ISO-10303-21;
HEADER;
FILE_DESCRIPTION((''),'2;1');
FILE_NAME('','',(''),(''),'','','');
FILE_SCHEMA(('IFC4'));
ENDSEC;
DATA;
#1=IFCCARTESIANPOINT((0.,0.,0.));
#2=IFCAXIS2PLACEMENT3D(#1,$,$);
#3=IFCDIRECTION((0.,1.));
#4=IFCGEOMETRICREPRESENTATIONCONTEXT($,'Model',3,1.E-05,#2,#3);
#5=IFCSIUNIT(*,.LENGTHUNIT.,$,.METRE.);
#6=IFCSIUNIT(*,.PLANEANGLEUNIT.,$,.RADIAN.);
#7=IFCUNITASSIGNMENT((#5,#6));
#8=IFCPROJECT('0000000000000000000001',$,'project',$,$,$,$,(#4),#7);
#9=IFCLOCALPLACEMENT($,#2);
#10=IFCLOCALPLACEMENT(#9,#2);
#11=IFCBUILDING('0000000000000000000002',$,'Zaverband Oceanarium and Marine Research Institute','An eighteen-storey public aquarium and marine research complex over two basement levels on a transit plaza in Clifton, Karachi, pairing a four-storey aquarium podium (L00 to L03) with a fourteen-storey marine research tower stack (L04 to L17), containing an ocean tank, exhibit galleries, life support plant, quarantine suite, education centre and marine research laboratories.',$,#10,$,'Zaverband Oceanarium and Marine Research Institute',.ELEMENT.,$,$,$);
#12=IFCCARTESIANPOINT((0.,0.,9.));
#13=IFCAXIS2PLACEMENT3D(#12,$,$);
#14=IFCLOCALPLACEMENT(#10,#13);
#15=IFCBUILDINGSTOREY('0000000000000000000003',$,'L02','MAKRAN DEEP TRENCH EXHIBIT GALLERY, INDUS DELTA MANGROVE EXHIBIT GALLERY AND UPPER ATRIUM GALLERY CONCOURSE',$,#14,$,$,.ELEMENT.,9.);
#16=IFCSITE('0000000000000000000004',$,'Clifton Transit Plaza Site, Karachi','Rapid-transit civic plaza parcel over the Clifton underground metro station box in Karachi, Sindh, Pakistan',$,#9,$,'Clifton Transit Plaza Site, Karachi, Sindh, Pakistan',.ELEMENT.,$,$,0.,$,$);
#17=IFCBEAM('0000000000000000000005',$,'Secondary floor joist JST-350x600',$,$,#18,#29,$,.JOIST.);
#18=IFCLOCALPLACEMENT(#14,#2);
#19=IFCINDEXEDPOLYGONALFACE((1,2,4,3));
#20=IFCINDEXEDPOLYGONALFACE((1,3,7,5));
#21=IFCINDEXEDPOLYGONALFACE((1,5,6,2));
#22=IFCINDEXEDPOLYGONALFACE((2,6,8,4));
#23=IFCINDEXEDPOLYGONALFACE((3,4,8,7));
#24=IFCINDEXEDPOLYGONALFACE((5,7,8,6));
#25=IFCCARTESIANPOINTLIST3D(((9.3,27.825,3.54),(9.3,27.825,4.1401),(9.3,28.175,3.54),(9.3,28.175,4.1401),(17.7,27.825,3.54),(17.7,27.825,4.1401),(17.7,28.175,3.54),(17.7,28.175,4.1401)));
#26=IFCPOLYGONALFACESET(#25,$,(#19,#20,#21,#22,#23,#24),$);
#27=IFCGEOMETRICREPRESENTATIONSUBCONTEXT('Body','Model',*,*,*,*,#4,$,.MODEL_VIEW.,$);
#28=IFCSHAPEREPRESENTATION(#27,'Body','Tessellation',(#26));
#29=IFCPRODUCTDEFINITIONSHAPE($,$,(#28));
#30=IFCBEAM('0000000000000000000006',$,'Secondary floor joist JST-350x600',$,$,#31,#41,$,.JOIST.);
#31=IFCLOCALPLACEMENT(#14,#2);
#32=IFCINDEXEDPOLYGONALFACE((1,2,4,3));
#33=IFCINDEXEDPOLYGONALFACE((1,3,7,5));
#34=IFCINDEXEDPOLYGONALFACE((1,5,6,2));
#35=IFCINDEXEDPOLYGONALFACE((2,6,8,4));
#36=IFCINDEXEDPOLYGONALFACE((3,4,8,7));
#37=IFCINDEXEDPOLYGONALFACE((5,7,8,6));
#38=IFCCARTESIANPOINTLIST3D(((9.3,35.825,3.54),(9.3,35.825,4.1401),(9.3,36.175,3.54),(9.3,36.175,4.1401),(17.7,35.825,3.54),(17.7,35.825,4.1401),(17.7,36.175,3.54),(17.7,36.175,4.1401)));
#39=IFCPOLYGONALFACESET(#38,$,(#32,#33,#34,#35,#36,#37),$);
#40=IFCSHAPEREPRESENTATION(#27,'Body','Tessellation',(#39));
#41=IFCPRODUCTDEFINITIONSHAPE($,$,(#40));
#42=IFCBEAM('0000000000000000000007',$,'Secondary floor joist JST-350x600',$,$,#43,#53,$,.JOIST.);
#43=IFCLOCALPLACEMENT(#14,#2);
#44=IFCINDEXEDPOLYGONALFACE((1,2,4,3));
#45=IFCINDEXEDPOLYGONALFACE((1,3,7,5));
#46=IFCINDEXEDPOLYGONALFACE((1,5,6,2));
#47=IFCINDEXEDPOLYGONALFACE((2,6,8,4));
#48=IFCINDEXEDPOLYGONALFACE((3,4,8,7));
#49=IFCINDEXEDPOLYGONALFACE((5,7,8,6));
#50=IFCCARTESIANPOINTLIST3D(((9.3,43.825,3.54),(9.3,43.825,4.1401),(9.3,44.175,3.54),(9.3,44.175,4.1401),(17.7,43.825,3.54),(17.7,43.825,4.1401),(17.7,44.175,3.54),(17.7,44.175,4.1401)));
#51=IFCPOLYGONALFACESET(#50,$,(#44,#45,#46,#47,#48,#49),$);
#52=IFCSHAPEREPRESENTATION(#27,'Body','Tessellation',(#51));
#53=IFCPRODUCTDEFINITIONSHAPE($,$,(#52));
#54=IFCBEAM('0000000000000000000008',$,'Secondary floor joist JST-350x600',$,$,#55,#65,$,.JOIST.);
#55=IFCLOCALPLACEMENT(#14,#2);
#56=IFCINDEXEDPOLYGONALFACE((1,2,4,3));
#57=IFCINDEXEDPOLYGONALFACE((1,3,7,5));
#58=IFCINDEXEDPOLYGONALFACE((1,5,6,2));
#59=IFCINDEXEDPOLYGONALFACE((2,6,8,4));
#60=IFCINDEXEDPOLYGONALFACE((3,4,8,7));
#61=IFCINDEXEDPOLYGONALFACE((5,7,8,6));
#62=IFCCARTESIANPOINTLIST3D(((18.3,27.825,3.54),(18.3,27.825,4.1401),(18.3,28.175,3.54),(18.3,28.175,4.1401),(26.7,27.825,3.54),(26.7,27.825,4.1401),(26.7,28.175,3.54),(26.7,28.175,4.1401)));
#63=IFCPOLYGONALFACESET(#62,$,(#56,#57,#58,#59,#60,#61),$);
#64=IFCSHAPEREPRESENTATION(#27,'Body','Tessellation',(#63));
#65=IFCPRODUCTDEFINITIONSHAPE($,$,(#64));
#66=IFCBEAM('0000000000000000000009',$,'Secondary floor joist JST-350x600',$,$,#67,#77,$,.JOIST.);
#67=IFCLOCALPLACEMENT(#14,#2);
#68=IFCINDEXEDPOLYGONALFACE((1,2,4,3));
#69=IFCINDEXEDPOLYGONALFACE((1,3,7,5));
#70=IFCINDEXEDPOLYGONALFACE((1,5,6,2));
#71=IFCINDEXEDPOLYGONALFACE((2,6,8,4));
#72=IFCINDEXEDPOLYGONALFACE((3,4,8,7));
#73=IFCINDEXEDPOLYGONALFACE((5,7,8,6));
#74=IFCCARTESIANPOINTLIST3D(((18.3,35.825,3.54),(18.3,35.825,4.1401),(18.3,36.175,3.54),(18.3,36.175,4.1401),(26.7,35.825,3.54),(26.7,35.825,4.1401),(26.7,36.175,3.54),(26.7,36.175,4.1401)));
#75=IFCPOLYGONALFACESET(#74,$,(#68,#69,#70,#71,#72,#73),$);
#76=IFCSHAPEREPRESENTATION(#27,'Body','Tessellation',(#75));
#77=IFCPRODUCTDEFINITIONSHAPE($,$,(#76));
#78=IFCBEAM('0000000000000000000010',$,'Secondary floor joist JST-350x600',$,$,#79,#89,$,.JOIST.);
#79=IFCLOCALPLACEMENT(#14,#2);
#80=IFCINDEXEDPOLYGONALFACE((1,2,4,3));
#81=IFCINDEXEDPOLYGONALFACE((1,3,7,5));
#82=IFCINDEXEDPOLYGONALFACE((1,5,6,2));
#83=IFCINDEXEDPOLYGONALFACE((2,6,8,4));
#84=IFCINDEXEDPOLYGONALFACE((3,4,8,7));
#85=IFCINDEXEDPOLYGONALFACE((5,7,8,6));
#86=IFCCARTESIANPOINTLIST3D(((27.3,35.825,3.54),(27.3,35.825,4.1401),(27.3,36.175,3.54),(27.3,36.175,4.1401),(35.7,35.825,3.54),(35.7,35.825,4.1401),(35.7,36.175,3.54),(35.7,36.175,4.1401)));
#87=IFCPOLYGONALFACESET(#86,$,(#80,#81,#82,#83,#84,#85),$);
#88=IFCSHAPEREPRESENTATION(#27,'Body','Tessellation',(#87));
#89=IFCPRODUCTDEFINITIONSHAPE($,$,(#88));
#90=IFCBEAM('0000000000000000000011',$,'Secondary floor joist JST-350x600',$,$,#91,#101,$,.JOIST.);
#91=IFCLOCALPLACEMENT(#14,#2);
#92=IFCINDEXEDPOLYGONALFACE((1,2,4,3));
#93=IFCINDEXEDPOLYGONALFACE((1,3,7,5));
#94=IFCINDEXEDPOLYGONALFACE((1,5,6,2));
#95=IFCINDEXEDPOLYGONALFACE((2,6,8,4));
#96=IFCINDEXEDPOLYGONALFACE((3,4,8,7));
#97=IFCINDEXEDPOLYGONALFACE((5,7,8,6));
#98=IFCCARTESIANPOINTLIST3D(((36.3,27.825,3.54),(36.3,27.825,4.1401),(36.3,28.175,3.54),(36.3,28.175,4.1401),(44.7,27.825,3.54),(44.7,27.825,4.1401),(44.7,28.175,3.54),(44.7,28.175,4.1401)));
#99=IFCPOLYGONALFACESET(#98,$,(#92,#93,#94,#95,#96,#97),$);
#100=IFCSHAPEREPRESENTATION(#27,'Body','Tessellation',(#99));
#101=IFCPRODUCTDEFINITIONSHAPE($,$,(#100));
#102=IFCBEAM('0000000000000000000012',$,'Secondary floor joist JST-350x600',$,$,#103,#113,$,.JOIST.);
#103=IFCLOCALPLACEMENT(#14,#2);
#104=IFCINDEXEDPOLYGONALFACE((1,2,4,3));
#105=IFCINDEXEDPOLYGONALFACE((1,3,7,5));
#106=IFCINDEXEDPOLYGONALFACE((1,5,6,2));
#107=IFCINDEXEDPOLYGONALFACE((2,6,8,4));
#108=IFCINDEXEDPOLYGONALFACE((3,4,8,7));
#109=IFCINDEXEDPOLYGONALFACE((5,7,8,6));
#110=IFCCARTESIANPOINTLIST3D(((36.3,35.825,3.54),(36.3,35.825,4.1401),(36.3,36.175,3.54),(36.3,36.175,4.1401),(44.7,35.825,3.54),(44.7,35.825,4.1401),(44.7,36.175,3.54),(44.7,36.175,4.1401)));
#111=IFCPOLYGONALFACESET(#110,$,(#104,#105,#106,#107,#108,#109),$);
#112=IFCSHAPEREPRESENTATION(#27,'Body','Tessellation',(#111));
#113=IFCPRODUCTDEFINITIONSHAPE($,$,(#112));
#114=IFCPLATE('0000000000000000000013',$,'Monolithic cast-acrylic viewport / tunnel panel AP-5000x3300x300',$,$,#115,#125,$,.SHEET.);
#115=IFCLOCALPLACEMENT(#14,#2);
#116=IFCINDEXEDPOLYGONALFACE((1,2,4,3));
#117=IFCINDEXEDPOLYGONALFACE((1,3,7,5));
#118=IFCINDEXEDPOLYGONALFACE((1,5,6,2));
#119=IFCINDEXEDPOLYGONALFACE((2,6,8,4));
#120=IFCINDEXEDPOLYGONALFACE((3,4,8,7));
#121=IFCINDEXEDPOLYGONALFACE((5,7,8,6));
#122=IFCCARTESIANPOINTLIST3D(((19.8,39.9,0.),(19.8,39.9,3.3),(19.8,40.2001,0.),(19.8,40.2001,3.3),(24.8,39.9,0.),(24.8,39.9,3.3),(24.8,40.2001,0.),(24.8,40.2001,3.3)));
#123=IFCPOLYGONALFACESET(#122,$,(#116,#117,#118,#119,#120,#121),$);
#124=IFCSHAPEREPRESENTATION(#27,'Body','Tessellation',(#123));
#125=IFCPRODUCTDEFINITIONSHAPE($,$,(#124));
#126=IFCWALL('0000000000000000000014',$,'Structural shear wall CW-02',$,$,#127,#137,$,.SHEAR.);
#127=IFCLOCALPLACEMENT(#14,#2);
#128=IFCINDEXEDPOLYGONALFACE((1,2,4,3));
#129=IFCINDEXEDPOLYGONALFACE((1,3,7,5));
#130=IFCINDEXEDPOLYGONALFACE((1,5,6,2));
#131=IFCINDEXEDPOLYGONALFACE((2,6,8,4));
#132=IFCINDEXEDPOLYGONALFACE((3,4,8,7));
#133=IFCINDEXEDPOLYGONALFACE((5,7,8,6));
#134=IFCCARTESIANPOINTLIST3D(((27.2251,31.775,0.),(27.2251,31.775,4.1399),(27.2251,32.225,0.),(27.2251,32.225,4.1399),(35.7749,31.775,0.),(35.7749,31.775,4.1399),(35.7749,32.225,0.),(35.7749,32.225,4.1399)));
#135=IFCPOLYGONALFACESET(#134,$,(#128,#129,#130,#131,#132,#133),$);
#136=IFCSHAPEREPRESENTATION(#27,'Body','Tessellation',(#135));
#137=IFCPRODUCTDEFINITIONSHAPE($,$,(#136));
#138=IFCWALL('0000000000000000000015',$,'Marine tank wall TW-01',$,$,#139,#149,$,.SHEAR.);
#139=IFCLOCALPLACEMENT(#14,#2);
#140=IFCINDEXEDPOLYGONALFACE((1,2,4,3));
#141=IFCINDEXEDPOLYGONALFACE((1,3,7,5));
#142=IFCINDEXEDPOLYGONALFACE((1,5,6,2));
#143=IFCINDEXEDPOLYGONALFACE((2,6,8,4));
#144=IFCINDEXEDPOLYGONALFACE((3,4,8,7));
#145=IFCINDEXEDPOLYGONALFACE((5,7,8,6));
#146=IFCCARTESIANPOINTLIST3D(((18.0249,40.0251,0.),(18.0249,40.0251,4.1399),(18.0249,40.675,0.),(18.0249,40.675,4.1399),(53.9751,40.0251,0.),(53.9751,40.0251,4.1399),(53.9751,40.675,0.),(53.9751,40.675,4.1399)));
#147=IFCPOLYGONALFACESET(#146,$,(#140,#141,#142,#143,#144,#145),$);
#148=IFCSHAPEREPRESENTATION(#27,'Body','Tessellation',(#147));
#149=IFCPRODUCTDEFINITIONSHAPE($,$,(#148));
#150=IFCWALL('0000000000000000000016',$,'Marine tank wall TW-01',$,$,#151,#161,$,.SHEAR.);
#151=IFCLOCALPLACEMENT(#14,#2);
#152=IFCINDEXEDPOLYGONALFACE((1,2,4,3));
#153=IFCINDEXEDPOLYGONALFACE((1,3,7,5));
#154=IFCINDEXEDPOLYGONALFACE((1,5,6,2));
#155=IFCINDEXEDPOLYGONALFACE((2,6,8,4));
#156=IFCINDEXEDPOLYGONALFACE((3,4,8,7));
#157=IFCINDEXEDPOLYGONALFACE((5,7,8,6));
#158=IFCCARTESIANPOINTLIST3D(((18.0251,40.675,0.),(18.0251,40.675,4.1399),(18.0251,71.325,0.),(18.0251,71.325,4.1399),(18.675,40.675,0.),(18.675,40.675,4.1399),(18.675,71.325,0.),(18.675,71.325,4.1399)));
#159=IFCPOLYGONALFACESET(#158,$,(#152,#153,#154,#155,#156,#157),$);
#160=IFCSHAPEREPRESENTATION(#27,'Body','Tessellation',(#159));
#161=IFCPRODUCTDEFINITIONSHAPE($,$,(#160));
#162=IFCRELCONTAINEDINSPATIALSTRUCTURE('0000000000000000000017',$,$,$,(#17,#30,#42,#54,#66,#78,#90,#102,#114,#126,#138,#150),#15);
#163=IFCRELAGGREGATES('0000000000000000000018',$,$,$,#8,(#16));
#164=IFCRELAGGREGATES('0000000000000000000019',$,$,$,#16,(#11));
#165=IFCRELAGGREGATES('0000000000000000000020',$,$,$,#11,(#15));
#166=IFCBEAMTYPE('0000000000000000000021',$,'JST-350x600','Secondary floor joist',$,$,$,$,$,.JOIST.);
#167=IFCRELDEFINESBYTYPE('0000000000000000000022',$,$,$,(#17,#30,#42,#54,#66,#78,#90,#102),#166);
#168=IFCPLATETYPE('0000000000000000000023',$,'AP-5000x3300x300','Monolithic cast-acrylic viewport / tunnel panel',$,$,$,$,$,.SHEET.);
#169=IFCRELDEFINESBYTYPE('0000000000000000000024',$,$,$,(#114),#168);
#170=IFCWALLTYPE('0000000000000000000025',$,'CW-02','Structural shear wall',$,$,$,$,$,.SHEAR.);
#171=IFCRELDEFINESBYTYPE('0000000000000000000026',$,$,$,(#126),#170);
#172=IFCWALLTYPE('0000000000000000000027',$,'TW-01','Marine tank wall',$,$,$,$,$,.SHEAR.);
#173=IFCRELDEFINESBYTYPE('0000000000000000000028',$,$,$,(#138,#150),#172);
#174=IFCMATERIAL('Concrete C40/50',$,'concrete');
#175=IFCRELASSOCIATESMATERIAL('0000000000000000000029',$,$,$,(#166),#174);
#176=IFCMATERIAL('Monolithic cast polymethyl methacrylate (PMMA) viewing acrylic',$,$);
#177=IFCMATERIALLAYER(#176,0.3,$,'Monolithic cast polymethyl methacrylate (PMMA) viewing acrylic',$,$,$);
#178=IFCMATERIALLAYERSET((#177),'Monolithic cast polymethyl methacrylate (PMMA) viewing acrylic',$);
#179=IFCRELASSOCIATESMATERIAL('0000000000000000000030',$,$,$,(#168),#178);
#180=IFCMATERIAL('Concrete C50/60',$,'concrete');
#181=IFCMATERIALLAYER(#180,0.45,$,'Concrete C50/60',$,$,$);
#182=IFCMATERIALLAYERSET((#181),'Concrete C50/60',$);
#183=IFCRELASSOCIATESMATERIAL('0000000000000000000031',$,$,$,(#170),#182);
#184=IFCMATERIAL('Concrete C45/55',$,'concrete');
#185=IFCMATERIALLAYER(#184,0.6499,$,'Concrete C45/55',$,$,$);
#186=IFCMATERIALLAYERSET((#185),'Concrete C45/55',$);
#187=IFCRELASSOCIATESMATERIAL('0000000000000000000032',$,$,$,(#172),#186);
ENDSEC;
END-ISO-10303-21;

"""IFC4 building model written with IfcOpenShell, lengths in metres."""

from ifc_helpers import new_model, si_unit, direction, frame, frame_2d, origin, origin_2d, place, context, subcontext, project, spatial, rectangle, extrude, material, layer, layer_set, material_profile, profile_set, type_object, element, save


model = new_model("IFC4")

# Units and contexts
model_context = context("Model", 3, precision=1e-05, world=origin(), true_north=direction((0.0, 1.0)))
body_context = subcontext(model_context, "Body", "Model", "MODEL_VIEW")
ifc_project = project(units=[si_unit("LENGTHUNIT", "METRE"), si_unit("PLANEANGLEUNIT", "RADIAN")], contexts=[model_context])

# Site, building, storey
site_placement = place(None, origin())
site = spatial("IfcSite", under=ifc_project, at=site_placement, Name="Clifton Transit Plaza Site, Karachi", Description="Rapid-transit civic plaza parcel over the Clifton underground metro station box in Karachi, Sindh, Pakistan", LongName="Clifton Transit Plaza Site, Karachi, Sindh, Pakistan", CompositionType="ELEMENT", RefElevation=0.0)
building_placement = place(site_placement, origin())
building = spatial("IfcBuilding", under=site, at=building_placement, Name="Zaverband Oceanarium and Marine Research Institute", Description="An eighteen-storey public aquarium and marine research complex over two basement levels on a transit plaza in Clifton, Karachi, pairing a four-storey aquarium podium (L00 to L03) with a fourteen-storey marine research tower stack (L04 to L17), containing an ocean tank, exhibit galleries, life support plant, quarantine suite, education centre and marine research laboratories.", LongName="Zaverband Oceanarium and Marine Research Institute", CompositionType="ELEMENT")
storey_placement = place(building_placement, frame((0.0, 0.0, 9.0)))
storey = spatial("IfcBuildingStorey", under=building, at=storey_placement, Name="L02", Description="MAKRAN DEEP TRENCH EXHIBIT GALLERY, INDUS DELTA MANGROVE EXHIBIT GALLERY AND UPPER ATRIUM GALLERY CONCOURSE", CompositionType="ELEMENT", Elevation=9.0)

# Shared definitions
ifc_material_1 = material(Name="Concrete C50/60", Category="concrete")

# Beams
ifc_material_2 = material(Name="Concrete C40/50", Category="concrete")
ifc_material_profile_1 = material_profile(ifc_material_2, rectangle(XDim=0.3501, YDim=0.6001, at=origin_2d()), Name="RC350x600")
ifc_profile_set_1 = profile_set([ifc_material_profile_1], Name="Concrete C40/50")
beam_type_1 = type_object("IfcBeamType", Name="JST-350x600", Description="Secondary floor joist", PredefinedType="JOIST", material=ifc_profile_set_1)
for number, where, z_axis, x_axis, name in (
    (1, (9.3, 28.0, 3.8401), (1.0, 0.0, 0.0), (0.0, 1.0, 0.0), "Secondary floor joist JST-350x600"),
    (2, (9.3, 36.0, 3.8401), (1.0, 0.0, 0.0), (0.0, 1.0, 0.0), "Secondary floor joist JST-350x600"),
    (3, (9.3, 44.0, 3.8401), (1.0, 0.0, 0.0), (0.0, 1.0, 0.0), "Secondary floor joist JST-350x600"),
    (4, (18.3, 28.0, 3.8401), (1.0, 0.0, 0.0), (0.0, 1.0, 0.0), "Secondary floor joist JST-350x600"),
    (5, (18.3, 36.0, 3.8401), (1.0, 0.0, 0.0), (0.0, 1.0, 0.0), "Secondary floor joist JST-350x600"),
    (6, (27.3, 36.0, 3.8401), (1.0, 0.0, 0.0), (0.0, 1.0, 0.0), "Secondary floor joist JST-350x600"),
    (7, (36.3, 28.0, 3.8401), (1.0, 0.0, 0.0), (0.0, 1.0, 0.0), "Secondary floor joist JST-350x600"),
    (8, (36.3, 36.0, 3.8401), (1.0, 0.0, 0.0), (0.0, 1.0, 0.0), "Secondary floor joist JST-350x600"),
):
    element("IfcBeam", number, at=place(storey_placement, frame(where, z_axis=z_axis, x_axis=x_axis)), inside=storey, type_object=beam_type_1, Name=name, PredefinedType="JOIST", context=body_context, shape_type="SweptSolid", body=[
        extrude(rectangle(XDim=0.3501, YDim=0.6001, at=origin_2d()), origin(), (0.0, 0.0, 1.0), 8.3999),
    ])

# Plate
ifc_material_3 = material(Name="Monolithic cast polymethyl methacrylate (PMMA) viewing acrylic")
ifc_layer_1 = layer(ifc_material_3, 0.3, Name="Monolithic cast polymethyl methacrylate (PMMA) viewing acrylic")
ifc_layer_set_1 = layer_set([ifc_layer_1], Name="Monolithic cast polymethyl methacrylate (PMMA) viewing acrylic")
plate_type = type_object("IfcPlateType", Name="AP-5000x3300x300", Description="Monolithic cast-acrylic viewport / tunnel panel", PredefinedType="SHEET", material=ifc_layer_set_1)
plate_placement = place(storey_placement, frame((19.8, 40.05, 0.0), z_axis=(0.0, 0.0, 1.0), x_axis=(1.0, 0.0, 0.0)))
element("IfcPlate", 9, at=plate_placement, inside=storey, type_object=plate_type, Name="Monolithic cast-acrylic viewport / tunnel panel AP-5000x3300x300", PredefinedType="SHEET", context=body_context, shape_type="SweptSolid", body=[
    extrude(rectangle(XDim=5.0, YDim=0.3, at=frame_2d((2.5, 0.0))), origin(), (0.0, 0.0, 1.0), 3.3),
])

# Walls
ifc_layer_2 = layer(ifc_material_1, 0.45, Name="Concrete C50/60")
ifc_layer_set_2 = layer_set([ifc_layer_2], Name="Concrete C50/60")
wall_type_1 = type_object("IfcWallType", Name="CW-02", Description="Structural shear wall", PredefinedType="SHEAR", material=ifc_layer_set_2)
wall_1_placement = place(storey_placement, frame((27.2251, 32.0, 0.0), z_axis=(0.0, 0.0, 1.0), x_axis=(1.0, 0.0, 0.0)))
element("IfcWall", 10, at=wall_1_placement, inside=storey, type_object=wall_type_1, Name="Structural shear wall CW-02", PredefinedType="SHEAR", context=body_context, shape_type="SweptSolid", body=[
    extrude(rectangle(XDim=8.5498, YDim=0.45, at=frame_2d((4.2749, 0.0))), origin(), (0.0, 0.0, 1.0), 4.1399),
])
ifc_material_4 = material(Name="Concrete C45/55", Category="concrete")
ifc_layer_3 = layer(ifc_material_4, 0.6499, Name="Concrete C45/55")
ifc_layer_set_3 = layer_set([ifc_layer_3], Name="Concrete C45/55")
wall_type_2 = type_object("IfcWallType", Name="TW-01", Description="Marine tank wall", PredefinedType="SHEAR", material=ifc_layer_set_3)
wall_2_placement = place(storey_placement, frame((18.0249, 40.3501, 0.0), z_axis=(0.0, 0.0, 1.0), x_axis=(1.0, 0.0, 0.0)))
element("IfcWall", 11, at=wall_2_placement, inside=storey, type_object=wall_type_2, Name="Marine tank wall TW-01", PredefinedType="SHEAR", context=body_context, shape_type="SweptSolid", body=[
    extrude(rectangle(XDim=35.9502, YDim=0.6499, at=frame_2d((17.9751, 0.0))), origin(), (0.0, 0.0, 1.0), 4.1399),
])
wall_3_placement = place(storey_placement, frame((18.3501, 40.675, 0.0), z_axis=(0.0, 0.0, 1.0), x_axis=(0.0, 1.0, 0.0)))
element("IfcWall", 12, at=wall_3_placement, inside=storey, type_object=wall_type_2, Name="Marine tank wall TW-01", PredefinedType="SHEAR", context=body_context, shape_type="SweptSolid", body=[
    extrude(rectangle(XDim=30.6499, YDim=0.6499, at=frame_2d((15.325, 0.0))), origin(), (0.0, 0.0, 1.0), 4.1399),
])

save(model, "model.ifc")
